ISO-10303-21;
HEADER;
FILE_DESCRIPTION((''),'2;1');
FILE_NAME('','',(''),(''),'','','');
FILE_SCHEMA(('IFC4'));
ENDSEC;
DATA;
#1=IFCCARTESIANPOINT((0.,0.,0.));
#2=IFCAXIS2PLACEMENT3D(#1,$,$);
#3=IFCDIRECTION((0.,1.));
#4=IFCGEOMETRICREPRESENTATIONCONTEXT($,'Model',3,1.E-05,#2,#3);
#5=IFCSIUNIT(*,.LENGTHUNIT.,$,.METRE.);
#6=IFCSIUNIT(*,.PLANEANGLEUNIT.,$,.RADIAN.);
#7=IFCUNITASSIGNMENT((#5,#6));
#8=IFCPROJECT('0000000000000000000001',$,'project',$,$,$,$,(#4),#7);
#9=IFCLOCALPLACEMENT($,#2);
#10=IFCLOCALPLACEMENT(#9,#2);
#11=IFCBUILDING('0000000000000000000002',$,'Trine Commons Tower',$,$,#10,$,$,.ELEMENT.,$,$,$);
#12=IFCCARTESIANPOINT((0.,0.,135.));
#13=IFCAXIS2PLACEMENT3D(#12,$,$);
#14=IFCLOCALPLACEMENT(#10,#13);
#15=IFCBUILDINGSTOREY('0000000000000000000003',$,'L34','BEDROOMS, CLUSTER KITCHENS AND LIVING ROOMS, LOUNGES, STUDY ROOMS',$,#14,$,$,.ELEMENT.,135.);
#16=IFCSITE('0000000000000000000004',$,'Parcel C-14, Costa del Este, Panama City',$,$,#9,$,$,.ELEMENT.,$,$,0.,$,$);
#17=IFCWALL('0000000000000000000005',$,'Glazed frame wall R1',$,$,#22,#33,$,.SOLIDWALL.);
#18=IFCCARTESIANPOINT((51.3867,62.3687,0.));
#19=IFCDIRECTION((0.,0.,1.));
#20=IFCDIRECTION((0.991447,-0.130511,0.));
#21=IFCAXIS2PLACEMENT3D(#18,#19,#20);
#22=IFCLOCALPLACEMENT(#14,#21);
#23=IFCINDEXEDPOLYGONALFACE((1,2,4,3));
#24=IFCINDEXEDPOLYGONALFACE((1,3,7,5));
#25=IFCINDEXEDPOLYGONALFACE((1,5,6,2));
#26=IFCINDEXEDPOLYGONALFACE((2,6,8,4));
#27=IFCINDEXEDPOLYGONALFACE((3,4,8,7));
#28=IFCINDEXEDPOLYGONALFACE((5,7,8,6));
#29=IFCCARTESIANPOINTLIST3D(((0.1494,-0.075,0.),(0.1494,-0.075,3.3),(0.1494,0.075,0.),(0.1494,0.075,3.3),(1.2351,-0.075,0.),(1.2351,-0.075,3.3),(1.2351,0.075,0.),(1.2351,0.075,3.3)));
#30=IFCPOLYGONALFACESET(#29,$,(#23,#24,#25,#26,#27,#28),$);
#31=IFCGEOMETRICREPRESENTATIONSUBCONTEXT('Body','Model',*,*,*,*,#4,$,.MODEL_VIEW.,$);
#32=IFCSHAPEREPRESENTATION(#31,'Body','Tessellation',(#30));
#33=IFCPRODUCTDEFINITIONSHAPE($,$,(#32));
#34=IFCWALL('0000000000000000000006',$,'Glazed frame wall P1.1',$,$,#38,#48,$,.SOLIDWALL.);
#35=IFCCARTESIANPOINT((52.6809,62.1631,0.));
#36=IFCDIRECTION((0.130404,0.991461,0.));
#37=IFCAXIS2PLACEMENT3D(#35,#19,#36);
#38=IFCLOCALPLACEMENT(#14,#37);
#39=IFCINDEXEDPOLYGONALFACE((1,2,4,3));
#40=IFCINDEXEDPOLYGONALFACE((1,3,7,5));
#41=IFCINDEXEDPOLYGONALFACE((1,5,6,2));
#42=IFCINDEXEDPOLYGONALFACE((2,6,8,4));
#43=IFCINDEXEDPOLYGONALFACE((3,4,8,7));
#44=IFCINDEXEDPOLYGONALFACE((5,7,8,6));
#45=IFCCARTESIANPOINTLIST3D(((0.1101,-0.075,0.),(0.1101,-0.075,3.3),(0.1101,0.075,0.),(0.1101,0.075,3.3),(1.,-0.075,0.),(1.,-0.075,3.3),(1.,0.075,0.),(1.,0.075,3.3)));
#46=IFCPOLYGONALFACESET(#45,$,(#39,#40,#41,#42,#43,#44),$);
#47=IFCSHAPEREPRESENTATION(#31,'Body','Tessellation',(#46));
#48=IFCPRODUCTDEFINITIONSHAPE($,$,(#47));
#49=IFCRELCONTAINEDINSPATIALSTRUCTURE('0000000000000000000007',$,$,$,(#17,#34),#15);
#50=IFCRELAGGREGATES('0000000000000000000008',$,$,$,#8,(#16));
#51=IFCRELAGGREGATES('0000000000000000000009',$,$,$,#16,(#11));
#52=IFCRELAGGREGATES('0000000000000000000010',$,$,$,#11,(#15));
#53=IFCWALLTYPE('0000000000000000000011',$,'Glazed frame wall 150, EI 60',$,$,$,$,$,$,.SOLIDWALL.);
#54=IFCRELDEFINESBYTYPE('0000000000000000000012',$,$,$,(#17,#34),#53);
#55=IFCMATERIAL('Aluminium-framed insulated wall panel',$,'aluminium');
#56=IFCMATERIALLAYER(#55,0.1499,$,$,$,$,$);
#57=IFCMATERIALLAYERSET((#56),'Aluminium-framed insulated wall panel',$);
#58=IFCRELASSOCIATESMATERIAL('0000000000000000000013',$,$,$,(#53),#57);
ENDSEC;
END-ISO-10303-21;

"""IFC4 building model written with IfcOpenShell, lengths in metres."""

from ifc_helpers import new_model, si_unit, direction, frame, origin, place, context, subcontext, project, spatial, polyline, outline, extrude, material, layer, layer_set, type_object, element, save


model = new_model("IFC4")

# Units and contexts
model_context = context("Model", 3, precision=1e-05, world=origin(), true_north=direction((0.0, 1.0)))
body_context = subcontext(model_context, "Body", "Model", "MODEL_VIEW")
ifc_project = project(units=[si_unit("LENGTHUNIT", "METRE"), si_unit("PLANEANGLEUNIT", "RADIAN")], contexts=[model_context])

# Site, building, storey
site_placement = place(None, origin())
site = spatial("IfcSite", under=ifc_project, at=site_placement, Name="Parcel C-14, Costa del Este, Panama City", CompositionType="ELEMENT", RefElevation=0.0)
building_placement = place(site_placement, origin())
building = spatial("IfcBuilding", under=site, at=building_placement, Name="Trine Commons Tower", CompositionType="ELEMENT")
storey_placement = place(building_placement, frame((0.0, 0.0, 135.0)))
storey = spatial("IfcBuildingStorey", under=building, at=storey_placement, Name="L34", Description="BEDROOMS, CLUSTER KITCHENS AND LIVING ROOMS, LOUNGES, STUDY ROOMS", CompositionType="ELEMENT", Elevation=135.0)

# Walls
ifc_material_1 = material(Name="Aluminium-framed insulated wall panel", Category="aluminium")
ifc_layer_1 = layer(ifc_material_1, 0.1499)
ifc_layer_set_1 = layer_set([ifc_layer_1], Name="Aluminium-framed insulated wall panel")
wall_type_1 = type_object("IfcWallType", Name="Glazed frame wall 150, EI 60", PredefinedType="SOLIDWALL", material=ifc_layer_set_1)
wall_1_placement = place(storey_placement, frame((51.3867, 62.3687, 0.0), z_axis=(0.0, 0.0, 1.0), x_axis=(0.991447, -0.130511, 0.0)))
element("IfcWall", 1, at=wall_1_placement, inside=storey, type_object=wall_type_1, Name="Glazed frame wall R1", PredefinedType="SOLIDWALL", context=body_context, shape_type="SweptSolid", body=[
    extrude(outline(polyline([(0.1494, 0.075), (0.1494, -0.075), (1.2351, -0.075), (1.2351, 0.075), (0.1494, 0.075)])), origin(), (0.0, 0.0, 1.0), 3.3),
])
wall_2_placement = place(storey_placement, frame((52.6809, 62.1631, 0.0), z_axis=(0.0, 0.0, 1.0), x_axis=(0.130404, 0.991461, 0.0)))
element("IfcWall", 2, at=wall_2_placement, inside=storey, type_object=wall_type_1, Name="Glazed frame wall P1.1", PredefinedType="SOLIDWALL", context=body_context, shape_type="SweptSolid", body=[
    extrude(outline(polyline([(0.1101, -0.075), (1.0, -0.075), (1.0, 0.075), (0.1101, 0.075), (0.1101, -0.075)])), origin(), (0.0, 0.0, 1.0), 3.3),
])

save(model, "model.ifc")
